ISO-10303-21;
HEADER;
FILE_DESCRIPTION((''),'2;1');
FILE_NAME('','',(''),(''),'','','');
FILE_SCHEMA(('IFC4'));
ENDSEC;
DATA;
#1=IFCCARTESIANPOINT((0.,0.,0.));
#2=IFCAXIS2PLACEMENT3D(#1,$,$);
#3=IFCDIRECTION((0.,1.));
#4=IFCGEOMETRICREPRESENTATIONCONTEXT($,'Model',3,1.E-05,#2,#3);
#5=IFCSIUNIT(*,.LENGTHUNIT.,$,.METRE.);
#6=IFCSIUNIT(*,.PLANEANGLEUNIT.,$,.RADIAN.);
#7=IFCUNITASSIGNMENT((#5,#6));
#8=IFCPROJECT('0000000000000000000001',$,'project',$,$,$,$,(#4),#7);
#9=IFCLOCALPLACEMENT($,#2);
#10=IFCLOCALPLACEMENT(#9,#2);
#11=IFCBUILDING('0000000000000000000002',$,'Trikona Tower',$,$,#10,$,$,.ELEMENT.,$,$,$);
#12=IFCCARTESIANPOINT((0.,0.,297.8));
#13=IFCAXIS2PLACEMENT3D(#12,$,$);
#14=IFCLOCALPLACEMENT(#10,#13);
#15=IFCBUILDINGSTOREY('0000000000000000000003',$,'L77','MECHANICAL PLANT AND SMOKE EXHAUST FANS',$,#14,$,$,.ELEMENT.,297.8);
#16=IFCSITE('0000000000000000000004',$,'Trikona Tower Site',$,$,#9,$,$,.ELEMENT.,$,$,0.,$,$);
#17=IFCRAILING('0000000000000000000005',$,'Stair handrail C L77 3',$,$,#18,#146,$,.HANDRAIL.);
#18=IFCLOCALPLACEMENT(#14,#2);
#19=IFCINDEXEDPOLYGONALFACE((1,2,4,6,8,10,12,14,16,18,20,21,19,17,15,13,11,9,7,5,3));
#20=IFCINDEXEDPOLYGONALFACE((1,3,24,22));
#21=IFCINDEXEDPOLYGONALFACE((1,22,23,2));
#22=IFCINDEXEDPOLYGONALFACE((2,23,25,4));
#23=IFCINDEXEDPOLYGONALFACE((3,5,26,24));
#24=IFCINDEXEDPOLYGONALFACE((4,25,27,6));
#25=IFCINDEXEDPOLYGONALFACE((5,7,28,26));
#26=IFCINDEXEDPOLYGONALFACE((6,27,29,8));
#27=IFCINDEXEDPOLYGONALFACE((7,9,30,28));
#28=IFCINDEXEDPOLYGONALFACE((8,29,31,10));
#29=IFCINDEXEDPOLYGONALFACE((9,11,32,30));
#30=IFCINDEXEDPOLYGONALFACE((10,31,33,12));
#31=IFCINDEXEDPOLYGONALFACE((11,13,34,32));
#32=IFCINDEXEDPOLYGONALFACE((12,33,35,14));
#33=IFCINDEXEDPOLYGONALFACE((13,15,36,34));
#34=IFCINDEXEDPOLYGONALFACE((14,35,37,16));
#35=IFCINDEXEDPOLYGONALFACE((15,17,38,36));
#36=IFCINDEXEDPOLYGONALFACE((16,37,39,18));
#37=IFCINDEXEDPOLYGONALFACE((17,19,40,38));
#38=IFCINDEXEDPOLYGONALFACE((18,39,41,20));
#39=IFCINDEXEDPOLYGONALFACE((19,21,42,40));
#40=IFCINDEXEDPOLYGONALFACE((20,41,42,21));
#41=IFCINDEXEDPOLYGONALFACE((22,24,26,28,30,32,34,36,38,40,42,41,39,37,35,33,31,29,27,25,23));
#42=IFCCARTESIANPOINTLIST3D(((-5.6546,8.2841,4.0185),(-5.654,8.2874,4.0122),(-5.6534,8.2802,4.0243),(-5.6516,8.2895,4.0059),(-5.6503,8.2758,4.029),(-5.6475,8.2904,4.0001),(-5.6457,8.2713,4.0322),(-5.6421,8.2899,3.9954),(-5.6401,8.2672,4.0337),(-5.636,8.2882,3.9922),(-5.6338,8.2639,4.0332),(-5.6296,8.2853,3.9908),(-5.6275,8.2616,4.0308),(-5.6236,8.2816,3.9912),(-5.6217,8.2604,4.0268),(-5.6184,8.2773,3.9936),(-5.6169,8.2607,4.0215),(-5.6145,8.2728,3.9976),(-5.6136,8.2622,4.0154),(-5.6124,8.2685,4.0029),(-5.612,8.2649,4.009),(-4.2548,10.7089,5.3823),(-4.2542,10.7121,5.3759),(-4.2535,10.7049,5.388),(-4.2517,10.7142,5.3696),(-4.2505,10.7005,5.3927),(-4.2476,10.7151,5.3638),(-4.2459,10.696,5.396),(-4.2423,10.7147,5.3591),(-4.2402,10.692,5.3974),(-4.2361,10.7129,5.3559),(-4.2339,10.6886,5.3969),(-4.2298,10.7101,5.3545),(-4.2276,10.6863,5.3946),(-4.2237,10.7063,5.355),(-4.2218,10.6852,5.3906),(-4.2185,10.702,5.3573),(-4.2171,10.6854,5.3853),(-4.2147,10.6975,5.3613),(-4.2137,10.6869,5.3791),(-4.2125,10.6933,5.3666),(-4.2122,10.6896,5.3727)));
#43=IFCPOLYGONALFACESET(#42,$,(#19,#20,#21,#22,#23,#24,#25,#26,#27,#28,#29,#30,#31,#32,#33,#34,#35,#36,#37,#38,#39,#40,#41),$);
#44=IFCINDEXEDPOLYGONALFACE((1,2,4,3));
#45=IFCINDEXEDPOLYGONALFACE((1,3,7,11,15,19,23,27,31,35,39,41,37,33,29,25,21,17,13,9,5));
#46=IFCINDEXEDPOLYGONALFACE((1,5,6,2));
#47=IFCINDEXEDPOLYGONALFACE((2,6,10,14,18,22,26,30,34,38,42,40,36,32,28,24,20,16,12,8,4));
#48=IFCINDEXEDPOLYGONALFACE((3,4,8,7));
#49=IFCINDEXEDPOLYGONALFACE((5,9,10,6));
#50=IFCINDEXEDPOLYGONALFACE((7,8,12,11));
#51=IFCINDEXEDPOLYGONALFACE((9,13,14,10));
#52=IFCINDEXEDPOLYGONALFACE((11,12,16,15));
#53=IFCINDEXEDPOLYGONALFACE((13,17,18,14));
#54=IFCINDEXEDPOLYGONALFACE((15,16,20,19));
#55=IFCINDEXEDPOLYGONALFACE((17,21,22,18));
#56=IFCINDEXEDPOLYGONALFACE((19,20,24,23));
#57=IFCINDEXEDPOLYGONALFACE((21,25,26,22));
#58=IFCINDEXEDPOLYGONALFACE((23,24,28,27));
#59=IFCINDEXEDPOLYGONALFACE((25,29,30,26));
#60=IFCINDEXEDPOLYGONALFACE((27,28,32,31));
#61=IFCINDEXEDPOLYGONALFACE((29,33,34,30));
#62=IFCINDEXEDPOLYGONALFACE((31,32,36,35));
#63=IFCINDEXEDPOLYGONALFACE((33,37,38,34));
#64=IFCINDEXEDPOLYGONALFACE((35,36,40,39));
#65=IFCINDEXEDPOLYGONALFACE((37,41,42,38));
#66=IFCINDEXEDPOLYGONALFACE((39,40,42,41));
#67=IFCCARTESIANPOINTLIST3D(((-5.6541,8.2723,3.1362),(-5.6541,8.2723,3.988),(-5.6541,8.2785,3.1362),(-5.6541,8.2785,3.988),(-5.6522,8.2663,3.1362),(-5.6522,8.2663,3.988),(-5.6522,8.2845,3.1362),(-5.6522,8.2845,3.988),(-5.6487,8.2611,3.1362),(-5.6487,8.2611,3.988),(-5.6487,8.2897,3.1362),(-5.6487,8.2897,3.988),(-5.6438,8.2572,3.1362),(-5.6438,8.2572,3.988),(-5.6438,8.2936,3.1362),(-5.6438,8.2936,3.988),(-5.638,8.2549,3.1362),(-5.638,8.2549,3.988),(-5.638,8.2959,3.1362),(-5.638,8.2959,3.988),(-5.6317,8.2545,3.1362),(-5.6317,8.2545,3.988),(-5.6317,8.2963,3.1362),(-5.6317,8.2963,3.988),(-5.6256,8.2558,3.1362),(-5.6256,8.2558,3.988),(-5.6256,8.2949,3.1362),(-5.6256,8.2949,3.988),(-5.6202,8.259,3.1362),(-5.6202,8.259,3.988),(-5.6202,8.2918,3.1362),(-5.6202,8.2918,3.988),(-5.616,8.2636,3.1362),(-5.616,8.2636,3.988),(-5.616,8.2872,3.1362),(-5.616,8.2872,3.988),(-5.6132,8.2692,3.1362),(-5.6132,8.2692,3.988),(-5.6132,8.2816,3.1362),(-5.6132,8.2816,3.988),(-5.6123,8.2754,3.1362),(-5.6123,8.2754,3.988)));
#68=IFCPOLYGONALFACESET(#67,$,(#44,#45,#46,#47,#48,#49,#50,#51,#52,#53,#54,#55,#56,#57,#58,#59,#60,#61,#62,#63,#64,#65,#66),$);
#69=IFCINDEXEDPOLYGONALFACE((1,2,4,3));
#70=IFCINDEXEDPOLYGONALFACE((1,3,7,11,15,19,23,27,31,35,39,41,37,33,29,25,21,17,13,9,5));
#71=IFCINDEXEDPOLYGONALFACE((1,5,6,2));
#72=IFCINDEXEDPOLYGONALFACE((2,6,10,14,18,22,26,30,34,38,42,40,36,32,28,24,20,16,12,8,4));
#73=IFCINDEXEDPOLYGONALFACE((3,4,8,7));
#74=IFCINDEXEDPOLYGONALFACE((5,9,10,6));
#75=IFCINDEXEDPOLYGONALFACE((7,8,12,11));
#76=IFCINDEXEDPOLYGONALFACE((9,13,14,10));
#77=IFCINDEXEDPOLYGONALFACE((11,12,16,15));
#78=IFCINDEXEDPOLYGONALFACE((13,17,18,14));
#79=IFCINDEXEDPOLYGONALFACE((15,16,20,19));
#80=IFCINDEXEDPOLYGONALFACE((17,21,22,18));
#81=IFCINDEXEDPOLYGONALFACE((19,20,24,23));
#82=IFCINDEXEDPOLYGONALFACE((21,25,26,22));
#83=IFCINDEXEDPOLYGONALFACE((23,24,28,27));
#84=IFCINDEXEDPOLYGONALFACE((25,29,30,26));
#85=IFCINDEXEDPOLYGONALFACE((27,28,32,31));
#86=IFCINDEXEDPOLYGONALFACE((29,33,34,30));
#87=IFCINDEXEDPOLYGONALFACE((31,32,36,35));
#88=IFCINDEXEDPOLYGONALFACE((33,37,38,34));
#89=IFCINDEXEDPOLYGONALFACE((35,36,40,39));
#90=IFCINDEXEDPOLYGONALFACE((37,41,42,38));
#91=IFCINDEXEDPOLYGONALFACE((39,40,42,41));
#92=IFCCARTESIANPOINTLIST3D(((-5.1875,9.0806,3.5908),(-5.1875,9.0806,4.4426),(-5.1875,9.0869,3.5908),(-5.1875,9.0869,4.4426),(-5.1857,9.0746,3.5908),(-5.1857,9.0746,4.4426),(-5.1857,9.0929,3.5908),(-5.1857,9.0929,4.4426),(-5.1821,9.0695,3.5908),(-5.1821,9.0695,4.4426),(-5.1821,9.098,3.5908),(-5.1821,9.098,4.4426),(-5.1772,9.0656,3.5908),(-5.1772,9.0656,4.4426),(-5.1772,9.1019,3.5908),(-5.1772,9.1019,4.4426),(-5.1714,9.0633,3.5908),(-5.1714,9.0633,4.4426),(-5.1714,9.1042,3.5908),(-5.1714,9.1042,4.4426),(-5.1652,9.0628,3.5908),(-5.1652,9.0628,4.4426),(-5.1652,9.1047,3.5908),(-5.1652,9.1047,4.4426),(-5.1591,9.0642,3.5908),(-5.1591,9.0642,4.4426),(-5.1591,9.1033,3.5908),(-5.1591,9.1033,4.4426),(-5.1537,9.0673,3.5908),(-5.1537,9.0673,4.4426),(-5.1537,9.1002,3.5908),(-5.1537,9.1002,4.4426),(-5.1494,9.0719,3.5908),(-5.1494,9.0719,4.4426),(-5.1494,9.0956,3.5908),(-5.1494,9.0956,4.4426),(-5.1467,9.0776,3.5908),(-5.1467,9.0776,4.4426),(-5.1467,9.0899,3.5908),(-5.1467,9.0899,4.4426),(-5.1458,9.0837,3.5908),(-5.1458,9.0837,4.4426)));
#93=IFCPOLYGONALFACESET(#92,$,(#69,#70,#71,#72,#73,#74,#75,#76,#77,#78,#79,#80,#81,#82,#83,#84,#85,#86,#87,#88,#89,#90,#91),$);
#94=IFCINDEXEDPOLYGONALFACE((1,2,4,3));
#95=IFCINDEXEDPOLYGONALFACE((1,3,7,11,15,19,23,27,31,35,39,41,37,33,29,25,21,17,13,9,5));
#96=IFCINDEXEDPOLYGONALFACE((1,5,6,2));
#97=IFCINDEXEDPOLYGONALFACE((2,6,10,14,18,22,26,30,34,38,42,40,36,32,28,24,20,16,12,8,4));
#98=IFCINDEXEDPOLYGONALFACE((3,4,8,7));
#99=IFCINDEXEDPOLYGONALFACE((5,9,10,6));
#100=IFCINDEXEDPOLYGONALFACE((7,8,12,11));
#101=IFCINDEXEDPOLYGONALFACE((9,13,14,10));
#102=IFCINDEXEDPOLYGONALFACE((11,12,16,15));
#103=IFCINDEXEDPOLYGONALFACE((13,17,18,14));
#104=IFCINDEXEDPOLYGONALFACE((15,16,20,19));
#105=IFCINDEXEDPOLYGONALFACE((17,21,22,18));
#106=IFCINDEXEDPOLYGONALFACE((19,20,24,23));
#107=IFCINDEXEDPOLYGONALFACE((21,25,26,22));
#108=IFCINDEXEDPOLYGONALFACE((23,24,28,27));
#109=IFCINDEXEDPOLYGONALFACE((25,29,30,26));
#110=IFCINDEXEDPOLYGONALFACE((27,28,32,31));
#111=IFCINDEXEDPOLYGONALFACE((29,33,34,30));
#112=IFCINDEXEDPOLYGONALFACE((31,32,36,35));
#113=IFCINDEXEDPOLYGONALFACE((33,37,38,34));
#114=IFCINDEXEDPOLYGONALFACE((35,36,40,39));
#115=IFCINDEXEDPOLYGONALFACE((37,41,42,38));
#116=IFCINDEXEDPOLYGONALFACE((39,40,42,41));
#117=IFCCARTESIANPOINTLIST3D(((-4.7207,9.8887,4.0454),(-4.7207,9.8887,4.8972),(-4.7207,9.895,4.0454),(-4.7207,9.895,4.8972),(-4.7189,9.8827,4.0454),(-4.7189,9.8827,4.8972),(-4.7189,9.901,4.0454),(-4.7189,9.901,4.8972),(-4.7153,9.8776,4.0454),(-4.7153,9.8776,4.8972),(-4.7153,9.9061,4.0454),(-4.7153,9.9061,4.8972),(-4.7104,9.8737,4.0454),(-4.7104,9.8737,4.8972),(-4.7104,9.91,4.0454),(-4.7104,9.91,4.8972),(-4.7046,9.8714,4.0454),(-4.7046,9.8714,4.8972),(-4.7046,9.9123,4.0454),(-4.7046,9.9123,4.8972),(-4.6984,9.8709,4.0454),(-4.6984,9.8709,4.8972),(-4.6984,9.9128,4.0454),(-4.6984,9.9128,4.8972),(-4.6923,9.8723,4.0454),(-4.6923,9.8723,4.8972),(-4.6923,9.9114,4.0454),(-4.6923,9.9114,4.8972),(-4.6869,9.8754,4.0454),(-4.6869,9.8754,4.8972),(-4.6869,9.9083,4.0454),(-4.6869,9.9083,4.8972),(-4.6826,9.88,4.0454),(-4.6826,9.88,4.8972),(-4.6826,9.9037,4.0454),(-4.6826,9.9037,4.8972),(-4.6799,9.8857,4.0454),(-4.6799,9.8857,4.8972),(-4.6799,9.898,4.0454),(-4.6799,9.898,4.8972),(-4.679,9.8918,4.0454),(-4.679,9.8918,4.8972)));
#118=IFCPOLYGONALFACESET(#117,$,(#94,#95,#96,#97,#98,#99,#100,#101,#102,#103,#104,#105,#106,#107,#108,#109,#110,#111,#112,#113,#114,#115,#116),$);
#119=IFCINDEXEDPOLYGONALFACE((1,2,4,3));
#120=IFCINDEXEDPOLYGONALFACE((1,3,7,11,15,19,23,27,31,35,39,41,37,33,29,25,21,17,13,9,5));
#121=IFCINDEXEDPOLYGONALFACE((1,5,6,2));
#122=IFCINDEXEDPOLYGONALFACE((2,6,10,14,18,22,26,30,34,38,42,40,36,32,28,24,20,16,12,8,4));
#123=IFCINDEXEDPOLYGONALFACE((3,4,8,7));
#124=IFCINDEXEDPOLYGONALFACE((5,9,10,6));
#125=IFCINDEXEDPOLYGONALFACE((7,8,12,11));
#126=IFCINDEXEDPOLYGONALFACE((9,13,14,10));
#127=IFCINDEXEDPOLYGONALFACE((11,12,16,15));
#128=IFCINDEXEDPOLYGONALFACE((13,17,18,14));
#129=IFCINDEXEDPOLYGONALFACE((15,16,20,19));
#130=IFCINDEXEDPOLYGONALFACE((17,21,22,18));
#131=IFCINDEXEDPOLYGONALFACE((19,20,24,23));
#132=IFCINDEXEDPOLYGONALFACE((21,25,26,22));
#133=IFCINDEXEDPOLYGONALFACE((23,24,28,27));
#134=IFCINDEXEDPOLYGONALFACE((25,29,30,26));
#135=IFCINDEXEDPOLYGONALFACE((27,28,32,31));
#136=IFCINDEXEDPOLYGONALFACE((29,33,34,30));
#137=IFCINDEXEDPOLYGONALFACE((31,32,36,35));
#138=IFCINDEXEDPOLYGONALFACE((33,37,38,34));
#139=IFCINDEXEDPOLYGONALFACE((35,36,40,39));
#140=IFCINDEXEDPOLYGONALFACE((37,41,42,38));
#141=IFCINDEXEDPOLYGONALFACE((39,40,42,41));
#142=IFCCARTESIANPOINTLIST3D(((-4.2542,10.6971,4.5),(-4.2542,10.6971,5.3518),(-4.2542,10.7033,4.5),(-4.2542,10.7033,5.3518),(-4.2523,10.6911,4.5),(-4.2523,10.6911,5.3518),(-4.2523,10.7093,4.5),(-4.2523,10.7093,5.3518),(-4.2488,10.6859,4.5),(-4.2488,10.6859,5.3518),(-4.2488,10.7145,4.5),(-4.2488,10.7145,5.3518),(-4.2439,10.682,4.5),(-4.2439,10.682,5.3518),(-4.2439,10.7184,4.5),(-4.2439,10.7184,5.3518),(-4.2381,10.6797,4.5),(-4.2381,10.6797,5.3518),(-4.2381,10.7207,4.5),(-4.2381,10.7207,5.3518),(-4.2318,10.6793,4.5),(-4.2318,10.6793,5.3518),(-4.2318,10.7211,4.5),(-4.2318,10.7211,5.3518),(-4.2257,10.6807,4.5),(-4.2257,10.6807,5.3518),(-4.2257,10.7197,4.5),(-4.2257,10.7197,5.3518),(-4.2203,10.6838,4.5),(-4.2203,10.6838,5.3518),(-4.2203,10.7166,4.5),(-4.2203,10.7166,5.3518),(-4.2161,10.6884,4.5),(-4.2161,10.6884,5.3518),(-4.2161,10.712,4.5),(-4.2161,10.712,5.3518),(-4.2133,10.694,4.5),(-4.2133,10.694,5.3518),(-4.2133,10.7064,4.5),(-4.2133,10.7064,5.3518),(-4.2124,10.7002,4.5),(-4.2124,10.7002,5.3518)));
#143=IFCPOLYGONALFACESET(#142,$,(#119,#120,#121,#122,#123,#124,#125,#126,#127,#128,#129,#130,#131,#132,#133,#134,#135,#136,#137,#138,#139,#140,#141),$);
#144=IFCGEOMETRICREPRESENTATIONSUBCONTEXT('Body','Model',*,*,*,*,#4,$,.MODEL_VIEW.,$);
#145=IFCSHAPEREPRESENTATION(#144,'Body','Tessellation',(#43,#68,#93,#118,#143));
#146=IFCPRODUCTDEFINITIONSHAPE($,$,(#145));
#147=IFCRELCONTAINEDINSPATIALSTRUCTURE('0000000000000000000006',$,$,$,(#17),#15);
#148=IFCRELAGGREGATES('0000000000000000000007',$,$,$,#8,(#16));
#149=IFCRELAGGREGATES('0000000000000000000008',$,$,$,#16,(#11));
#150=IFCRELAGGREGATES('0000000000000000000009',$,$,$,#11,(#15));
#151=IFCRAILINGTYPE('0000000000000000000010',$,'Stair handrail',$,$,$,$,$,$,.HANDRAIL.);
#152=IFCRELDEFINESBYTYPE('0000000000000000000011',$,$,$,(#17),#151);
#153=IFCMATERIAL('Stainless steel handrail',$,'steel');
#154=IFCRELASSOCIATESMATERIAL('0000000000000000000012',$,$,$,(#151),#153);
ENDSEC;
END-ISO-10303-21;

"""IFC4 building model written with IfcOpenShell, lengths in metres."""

from ifc_helpers import new_model, si_unit, direction, frame, origin, origin_2d, place, context, subcontext, project, spatial, circle, extrude, material, type_object, element, save


model = new_model("IFC4")

# Units and contexts
model_context = context("Model", 3, precision=1e-05, world=origin(), true_north=direction((0.0, 1.0)))
body_context = subcontext(model_context, "Body", "Model", "MODEL_VIEW")
ifc_project = project(units=[si_unit("LENGTHUNIT", "METRE"), si_unit("PLANEANGLEUNIT", "RADIAN")], contexts=[model_context])

# Site, building, storey
site_placement = place(None, origin())
site = spatial("IfcSite", under=ifc_project, at=site_placement, Name="Trikona Tower Site", CompositionType="ELEMENT", RefElevation=0.0)
building_placement = place(site_placement, origin())
building = spatial("IfcBuilding", under=site, at=building_placement, Name="Trikona Tower", CompositionType="ELEMENT")
storey_placement = place(building_placement, frame((0.0, 0.0, 297.8)))
storey = spatial("IfcBuildingStorey", under=building, at=storey_placement, Name="L77", Description="MECHANICAL PLANT AND SMOKE EXHAUST FANS", CompositionType="ELEMENT", Elevation=297.8)

# Railing
ifc_material_1 = material(Name="Stainless steel handrail", Category="steel")
railing_type_1 = type_object("IfcRailingType", Name="Stair handrail", PredefinedType="HANDRAIL", material=ifc_material_1)
for number, where, name in (
    (1, (-5.6333, 8.2754, 3.1362), "Stair handrail C L77 3"),
):
    element("IfcRailing", number, at=place(storey_placement, frame(where)), inside=storey, type_object=railing_type_1, Name=name, PredefinedType="HANDRAIL", context=body_context, shape_type="SweptSolid", body=[
        extrude(circle(Radius=0.0239, at=origin_2d()), frame((0.0, 0.0, 0.876), z_axis=(0.449498, 0.778587, 0.437896), x_axis=(-0.866035, 0.499984, 0.0)), (0.0, 0.0, 1.0), 3.1143),
        extrude(circle(Radius=0.021, at=origin_2d()), origin(), (0.0, 0.0, 1.0), 0.8518),
        extrude(circle(Radius=0.021, at=origin_2d()), frame((0.4666, 0.8083, 0.4546)), (0.0, 0.0, 1.0), 0.8518),
        extrude(circle(Radius=0.021, at=origin_2d()), frame((0.9333, 1.6165, 0.9092)), (0.0, 0.0, 1.0), 0.8518),
        extrude(circle(Radius=0.021, at=origin_2d()), frame((1.3999, 2.4248, 1.3638)), (0.0, 0.0, 1.0), 0.8518),
    ])

save(model, "model.ifc")
